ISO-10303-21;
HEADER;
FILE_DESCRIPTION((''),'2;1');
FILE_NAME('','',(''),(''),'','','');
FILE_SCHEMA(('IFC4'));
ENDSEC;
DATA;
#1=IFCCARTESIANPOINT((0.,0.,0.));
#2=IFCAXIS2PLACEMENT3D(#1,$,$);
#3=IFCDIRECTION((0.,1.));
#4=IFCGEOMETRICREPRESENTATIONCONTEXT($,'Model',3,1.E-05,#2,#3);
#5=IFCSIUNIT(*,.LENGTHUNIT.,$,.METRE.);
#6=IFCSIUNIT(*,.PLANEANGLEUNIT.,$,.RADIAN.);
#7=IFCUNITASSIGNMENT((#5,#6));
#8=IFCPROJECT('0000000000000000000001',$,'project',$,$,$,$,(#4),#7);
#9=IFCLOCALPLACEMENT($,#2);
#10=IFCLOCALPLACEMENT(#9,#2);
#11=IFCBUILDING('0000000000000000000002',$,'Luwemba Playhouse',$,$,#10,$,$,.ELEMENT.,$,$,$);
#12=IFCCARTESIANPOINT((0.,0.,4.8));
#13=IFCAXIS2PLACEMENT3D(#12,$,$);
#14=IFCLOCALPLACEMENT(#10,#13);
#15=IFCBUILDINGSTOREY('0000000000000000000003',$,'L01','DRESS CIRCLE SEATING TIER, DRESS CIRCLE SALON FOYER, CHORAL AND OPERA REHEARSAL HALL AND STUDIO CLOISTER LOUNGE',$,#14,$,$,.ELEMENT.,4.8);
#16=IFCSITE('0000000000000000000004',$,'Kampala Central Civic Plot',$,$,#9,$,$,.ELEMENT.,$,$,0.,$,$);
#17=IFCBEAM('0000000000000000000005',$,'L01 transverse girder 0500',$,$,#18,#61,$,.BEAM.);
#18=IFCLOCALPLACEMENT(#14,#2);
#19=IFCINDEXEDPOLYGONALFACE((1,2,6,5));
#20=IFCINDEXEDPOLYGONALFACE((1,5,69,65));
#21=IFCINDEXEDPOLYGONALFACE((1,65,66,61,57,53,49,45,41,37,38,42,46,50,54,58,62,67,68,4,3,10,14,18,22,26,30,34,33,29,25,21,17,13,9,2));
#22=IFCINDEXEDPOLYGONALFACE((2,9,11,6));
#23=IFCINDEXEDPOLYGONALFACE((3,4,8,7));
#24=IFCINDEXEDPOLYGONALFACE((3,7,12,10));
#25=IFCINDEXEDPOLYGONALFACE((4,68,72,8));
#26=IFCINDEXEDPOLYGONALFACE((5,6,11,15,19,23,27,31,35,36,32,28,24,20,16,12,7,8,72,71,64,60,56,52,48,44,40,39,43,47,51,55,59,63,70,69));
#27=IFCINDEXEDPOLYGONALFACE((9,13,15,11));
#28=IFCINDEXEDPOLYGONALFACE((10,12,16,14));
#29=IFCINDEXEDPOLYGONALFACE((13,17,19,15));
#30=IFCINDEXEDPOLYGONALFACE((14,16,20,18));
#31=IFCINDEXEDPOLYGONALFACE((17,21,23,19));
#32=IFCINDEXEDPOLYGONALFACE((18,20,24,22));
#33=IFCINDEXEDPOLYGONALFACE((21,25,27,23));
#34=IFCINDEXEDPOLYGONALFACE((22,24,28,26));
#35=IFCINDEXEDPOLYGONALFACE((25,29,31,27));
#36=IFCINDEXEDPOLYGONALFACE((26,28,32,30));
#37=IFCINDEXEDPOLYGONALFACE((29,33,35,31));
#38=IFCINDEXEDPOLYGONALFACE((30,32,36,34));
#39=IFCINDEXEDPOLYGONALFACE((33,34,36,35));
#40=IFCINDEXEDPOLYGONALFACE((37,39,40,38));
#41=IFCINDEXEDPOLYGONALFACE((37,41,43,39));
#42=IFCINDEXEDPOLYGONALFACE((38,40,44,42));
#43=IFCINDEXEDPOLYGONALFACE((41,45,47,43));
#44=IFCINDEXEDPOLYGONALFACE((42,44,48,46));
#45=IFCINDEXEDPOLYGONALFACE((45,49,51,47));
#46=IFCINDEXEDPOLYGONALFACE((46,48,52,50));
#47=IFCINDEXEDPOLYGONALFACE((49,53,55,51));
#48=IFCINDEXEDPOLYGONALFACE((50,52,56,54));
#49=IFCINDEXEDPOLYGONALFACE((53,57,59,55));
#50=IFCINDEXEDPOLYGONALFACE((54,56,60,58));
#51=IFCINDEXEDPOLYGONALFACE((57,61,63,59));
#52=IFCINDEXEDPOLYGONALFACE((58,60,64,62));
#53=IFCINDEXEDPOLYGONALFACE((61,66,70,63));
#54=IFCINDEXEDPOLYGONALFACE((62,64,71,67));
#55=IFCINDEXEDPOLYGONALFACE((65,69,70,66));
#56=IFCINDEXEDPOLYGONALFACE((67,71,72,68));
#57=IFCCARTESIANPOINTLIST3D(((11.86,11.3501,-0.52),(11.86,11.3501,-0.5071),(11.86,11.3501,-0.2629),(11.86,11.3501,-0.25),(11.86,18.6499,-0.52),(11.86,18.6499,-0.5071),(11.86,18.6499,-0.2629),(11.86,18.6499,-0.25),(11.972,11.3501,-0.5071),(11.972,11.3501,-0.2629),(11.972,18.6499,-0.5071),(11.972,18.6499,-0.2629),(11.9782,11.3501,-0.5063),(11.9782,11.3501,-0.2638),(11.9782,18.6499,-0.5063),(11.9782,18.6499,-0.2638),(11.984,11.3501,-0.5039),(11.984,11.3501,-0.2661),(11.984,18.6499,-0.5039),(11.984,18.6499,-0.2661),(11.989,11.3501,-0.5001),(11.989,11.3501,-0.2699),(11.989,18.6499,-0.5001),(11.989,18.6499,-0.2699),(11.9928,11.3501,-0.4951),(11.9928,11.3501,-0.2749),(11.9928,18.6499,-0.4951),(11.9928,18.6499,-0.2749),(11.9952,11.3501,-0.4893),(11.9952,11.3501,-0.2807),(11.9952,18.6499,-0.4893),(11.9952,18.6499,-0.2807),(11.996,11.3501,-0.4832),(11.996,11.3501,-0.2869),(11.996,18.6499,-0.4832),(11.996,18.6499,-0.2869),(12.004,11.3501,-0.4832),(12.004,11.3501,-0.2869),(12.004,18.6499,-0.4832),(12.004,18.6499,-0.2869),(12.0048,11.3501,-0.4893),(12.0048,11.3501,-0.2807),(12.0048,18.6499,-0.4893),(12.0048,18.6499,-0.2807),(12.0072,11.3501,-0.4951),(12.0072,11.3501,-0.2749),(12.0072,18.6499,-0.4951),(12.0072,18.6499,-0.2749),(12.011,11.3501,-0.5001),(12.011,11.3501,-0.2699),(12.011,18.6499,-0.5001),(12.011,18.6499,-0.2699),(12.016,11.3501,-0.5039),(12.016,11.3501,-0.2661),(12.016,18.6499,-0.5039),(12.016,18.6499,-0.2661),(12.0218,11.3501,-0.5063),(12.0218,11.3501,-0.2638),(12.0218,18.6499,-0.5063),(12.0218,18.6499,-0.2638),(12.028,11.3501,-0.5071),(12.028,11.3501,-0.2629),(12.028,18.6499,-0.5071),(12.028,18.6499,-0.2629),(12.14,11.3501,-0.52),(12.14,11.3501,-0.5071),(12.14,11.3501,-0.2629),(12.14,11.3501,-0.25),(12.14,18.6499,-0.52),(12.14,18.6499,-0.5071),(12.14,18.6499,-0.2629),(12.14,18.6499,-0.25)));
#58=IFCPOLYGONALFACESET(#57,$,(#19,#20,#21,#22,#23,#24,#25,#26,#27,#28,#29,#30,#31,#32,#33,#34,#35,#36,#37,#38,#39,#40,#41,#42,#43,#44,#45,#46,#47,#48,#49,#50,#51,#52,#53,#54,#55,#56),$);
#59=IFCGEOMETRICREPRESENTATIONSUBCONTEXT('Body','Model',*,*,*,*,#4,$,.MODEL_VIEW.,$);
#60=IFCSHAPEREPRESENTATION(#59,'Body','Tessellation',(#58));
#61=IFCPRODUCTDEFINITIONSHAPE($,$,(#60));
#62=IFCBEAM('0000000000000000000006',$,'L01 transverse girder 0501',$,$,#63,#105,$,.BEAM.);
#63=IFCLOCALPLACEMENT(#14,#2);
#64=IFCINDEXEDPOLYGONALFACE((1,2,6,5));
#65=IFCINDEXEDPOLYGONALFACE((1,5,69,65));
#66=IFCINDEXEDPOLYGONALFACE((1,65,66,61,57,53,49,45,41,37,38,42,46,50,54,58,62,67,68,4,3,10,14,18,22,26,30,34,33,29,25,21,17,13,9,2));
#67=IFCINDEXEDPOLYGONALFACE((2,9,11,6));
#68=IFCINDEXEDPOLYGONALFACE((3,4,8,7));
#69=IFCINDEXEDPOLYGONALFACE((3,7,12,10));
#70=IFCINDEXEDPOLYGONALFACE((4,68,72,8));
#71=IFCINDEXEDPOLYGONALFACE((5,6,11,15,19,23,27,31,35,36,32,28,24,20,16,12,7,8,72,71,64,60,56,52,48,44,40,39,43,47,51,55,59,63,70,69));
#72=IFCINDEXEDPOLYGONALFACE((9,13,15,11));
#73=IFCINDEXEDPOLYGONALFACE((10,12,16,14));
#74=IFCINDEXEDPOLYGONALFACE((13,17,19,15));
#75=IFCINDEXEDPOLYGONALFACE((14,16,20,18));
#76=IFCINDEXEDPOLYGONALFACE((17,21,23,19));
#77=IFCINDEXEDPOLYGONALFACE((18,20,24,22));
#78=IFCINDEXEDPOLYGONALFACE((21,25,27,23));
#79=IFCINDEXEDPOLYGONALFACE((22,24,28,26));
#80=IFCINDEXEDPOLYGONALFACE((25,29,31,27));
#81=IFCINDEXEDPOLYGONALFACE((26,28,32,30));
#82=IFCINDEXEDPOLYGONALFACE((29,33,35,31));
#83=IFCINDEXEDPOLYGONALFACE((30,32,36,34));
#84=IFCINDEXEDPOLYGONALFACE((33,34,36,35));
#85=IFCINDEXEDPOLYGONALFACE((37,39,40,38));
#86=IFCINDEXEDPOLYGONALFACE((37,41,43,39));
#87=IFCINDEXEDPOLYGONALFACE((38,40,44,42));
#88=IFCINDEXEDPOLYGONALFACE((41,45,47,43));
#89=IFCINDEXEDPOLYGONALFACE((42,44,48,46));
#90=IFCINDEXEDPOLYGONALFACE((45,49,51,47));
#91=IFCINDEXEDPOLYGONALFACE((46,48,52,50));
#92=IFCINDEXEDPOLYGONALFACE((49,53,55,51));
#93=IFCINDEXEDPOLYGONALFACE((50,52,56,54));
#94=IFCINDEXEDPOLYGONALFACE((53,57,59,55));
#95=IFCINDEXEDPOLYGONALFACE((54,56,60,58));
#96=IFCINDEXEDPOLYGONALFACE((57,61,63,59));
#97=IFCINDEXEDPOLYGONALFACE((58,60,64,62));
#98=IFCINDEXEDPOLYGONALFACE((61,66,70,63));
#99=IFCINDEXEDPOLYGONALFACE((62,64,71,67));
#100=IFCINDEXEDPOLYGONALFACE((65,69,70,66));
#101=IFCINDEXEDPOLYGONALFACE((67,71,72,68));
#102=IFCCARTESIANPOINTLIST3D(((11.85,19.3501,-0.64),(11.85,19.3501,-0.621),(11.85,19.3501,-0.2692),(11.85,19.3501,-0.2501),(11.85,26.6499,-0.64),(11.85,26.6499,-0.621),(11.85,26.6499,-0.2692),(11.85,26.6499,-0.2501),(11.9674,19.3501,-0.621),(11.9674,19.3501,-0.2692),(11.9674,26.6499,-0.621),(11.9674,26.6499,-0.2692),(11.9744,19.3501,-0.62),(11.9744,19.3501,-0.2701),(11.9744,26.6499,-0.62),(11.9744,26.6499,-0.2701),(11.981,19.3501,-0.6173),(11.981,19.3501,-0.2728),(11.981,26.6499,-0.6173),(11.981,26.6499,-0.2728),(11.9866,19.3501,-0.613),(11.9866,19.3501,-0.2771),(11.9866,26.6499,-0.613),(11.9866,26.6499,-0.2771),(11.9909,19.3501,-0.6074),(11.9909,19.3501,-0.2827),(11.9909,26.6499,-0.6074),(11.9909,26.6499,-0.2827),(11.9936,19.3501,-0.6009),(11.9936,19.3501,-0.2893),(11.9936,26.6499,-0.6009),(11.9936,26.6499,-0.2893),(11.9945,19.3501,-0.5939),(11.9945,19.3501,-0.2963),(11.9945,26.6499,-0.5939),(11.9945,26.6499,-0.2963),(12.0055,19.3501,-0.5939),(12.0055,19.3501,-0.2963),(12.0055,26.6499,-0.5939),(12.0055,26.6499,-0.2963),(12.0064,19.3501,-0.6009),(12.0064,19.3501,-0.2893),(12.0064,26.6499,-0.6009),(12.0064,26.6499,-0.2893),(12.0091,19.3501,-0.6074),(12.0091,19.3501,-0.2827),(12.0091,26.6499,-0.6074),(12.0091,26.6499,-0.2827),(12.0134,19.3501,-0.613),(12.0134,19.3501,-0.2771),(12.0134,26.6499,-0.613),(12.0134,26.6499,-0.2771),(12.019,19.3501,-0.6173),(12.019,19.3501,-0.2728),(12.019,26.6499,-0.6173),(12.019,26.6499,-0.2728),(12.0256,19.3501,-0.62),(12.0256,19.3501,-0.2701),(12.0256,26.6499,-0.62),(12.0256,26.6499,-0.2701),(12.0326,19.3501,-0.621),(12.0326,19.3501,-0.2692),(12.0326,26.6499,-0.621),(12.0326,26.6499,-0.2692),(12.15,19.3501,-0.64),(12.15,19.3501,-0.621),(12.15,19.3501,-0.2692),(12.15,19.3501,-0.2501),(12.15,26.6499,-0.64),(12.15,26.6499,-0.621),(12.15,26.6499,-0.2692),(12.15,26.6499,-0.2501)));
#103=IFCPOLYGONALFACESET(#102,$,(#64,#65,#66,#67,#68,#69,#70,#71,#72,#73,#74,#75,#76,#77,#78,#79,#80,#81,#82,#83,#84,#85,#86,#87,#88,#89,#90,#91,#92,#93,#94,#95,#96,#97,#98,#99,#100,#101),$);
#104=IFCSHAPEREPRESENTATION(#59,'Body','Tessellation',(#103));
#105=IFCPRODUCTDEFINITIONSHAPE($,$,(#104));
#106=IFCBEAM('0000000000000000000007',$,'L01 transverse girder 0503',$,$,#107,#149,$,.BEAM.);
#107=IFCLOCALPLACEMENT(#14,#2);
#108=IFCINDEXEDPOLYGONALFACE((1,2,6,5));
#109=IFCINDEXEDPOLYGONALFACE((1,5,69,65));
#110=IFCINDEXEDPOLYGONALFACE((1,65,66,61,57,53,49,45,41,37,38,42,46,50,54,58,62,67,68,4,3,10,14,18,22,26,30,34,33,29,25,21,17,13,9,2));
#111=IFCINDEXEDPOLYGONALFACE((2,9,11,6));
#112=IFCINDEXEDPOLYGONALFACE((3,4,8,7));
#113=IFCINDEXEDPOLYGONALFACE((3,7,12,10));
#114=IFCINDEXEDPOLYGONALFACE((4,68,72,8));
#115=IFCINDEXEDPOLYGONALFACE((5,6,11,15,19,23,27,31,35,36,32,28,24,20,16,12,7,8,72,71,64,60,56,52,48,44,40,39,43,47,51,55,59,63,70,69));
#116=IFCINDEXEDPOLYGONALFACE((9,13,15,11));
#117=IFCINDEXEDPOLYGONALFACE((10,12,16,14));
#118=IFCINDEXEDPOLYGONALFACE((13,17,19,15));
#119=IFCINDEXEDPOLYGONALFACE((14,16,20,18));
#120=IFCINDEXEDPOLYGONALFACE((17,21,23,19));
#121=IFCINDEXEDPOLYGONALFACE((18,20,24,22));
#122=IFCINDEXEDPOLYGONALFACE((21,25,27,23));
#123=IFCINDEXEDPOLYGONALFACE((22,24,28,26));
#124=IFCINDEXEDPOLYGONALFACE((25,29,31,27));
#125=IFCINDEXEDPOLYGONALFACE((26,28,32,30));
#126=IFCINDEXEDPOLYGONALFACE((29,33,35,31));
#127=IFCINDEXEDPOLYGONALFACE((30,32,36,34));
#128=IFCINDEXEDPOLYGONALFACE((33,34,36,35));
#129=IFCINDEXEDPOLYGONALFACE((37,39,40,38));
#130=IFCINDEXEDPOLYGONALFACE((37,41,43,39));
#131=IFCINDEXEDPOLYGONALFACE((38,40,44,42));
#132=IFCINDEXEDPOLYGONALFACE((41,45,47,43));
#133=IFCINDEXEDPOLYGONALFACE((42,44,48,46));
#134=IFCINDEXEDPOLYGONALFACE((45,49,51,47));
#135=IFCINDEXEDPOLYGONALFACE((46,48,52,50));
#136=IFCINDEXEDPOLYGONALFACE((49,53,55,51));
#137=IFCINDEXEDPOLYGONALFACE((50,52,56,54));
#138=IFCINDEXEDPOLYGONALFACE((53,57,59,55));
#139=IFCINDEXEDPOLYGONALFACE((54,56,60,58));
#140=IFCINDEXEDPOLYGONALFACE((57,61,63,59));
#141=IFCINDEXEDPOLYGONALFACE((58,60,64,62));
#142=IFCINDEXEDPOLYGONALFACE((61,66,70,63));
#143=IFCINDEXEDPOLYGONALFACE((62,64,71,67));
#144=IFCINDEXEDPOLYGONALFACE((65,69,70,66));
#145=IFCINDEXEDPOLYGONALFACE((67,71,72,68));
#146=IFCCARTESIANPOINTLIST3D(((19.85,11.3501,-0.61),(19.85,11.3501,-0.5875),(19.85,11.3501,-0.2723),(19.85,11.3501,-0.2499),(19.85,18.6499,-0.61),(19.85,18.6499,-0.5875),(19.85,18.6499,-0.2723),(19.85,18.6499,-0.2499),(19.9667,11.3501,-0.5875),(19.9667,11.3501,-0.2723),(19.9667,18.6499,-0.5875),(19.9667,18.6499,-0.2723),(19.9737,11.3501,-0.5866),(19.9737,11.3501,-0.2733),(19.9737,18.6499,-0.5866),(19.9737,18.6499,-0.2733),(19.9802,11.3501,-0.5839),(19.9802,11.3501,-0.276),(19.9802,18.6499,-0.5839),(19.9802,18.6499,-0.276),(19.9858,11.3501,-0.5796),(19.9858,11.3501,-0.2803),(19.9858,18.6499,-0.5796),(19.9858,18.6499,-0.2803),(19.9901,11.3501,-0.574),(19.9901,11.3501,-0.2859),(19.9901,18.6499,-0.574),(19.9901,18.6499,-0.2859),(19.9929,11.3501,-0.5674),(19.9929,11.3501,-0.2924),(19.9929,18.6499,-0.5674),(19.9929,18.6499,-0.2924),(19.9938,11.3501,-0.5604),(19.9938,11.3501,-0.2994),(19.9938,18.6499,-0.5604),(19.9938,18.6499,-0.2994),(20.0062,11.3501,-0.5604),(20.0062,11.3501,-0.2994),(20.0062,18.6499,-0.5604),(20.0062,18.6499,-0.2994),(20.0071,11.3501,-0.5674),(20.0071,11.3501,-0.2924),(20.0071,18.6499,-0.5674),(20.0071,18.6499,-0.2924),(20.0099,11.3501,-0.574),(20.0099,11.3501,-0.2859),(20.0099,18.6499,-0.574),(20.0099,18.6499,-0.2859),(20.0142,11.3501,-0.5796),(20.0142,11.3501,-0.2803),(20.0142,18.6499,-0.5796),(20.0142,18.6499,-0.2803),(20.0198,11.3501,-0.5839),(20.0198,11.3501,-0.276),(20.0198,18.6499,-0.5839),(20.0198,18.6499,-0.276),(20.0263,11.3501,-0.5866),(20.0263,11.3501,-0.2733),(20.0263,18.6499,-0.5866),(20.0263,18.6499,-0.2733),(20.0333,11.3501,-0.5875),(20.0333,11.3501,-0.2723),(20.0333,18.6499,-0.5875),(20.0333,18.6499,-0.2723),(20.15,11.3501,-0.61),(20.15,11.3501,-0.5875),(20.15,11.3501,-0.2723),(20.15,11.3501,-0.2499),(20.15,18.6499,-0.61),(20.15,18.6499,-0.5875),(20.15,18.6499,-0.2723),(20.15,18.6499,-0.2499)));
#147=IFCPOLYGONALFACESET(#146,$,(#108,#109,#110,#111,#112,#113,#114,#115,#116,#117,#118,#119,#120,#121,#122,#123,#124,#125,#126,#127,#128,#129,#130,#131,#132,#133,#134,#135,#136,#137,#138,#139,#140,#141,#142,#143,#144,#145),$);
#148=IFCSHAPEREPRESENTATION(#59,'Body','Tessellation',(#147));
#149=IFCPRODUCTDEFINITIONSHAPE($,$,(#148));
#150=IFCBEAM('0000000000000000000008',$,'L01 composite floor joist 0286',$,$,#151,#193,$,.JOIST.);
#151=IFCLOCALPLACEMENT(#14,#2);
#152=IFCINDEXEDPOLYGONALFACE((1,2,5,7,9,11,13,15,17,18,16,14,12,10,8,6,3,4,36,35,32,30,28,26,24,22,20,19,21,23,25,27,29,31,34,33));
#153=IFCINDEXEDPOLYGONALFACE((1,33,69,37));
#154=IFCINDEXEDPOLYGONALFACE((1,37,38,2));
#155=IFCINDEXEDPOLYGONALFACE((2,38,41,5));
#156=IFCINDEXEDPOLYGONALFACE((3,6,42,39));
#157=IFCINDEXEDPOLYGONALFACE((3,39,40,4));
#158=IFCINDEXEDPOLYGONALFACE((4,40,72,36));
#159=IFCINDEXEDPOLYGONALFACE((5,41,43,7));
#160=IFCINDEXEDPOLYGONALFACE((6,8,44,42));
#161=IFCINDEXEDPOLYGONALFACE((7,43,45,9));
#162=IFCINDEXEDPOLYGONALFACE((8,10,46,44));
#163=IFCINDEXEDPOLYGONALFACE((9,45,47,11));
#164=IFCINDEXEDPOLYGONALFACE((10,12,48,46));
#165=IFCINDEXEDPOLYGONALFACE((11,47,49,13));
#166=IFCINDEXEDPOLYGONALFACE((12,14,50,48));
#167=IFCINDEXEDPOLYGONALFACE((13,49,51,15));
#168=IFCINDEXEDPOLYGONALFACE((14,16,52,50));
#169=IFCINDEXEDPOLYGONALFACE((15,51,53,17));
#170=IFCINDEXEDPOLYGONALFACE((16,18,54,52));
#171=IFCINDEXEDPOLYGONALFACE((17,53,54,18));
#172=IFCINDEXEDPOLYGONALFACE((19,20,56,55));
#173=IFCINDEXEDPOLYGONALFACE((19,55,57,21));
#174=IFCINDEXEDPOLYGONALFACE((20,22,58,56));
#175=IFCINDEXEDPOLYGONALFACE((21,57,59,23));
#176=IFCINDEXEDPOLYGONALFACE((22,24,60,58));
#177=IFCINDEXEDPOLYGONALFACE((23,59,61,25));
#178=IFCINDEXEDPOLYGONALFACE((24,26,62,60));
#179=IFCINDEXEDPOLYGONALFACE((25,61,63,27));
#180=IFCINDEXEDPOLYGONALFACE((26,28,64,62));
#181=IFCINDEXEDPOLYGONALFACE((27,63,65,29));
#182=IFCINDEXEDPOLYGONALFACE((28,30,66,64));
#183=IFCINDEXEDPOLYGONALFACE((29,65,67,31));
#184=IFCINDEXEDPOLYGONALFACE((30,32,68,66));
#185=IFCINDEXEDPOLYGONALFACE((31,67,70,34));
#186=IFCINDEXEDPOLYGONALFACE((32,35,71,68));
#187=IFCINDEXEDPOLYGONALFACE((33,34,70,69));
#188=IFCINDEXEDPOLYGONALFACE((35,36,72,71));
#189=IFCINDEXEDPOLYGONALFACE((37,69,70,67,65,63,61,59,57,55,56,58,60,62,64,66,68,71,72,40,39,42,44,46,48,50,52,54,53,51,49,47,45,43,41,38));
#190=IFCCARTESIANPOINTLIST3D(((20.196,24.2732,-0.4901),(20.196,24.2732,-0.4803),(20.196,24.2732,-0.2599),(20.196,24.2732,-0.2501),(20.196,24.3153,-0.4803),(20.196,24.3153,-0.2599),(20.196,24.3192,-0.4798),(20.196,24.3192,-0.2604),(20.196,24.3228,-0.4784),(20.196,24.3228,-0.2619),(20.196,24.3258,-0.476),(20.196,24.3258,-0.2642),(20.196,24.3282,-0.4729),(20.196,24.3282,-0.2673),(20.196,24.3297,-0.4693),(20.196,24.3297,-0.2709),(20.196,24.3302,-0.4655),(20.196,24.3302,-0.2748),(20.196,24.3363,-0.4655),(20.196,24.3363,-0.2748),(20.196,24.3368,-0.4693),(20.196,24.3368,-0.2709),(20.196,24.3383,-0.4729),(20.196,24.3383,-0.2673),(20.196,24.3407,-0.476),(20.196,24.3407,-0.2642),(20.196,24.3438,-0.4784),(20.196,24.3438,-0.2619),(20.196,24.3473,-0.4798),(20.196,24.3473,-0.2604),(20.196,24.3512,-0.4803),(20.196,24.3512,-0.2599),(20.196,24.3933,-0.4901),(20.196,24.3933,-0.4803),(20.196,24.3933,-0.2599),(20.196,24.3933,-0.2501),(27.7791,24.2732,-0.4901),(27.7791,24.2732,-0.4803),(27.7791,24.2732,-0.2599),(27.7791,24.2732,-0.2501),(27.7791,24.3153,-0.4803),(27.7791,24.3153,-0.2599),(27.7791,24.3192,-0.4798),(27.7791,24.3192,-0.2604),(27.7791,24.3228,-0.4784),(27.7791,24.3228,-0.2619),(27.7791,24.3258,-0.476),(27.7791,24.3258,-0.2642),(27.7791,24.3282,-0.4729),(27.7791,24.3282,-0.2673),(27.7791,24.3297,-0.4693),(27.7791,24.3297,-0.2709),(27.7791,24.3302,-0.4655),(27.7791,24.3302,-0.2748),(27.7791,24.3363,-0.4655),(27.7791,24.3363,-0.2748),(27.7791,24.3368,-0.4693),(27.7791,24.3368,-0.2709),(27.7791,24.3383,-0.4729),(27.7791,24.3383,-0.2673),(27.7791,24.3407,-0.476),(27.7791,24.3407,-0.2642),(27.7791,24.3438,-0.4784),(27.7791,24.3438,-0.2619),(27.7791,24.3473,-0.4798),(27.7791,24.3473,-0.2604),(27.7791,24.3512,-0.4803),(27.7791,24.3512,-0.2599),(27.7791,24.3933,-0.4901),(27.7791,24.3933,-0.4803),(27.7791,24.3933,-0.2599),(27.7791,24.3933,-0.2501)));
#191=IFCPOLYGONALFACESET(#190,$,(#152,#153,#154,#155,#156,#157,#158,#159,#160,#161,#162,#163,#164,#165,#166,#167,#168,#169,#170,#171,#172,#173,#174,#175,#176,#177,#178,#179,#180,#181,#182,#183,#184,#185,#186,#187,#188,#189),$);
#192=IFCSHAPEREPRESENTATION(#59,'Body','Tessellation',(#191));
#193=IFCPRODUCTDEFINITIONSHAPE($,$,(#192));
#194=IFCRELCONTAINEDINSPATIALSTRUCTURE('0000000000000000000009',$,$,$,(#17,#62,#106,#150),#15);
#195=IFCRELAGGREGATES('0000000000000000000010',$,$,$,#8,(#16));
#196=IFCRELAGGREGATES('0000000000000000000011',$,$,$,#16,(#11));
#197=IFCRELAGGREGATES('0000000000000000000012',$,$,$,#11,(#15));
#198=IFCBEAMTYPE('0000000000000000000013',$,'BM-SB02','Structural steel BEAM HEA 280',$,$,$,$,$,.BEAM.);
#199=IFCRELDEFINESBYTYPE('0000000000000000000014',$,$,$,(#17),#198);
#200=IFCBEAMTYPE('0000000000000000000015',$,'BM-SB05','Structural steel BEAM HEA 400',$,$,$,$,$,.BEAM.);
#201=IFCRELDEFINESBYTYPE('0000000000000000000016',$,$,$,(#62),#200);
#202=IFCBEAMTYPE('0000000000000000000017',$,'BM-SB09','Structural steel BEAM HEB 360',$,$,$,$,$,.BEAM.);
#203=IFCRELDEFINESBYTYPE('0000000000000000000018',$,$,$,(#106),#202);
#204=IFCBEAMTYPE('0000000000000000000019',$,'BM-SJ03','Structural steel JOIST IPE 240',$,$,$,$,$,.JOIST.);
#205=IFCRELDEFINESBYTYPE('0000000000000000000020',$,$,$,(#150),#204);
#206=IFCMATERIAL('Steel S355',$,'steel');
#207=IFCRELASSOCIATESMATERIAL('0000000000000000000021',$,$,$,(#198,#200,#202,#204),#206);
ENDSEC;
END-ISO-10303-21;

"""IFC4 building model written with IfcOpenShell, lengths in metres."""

from ifc_helpers import new_model, si_unit, direction, frame, origin, origin_2d, place, context, subcontext, project, spatial, i_section, extrude, material, material_profile, profile_set, type_object, element, save


model = new_model("IFC4")

# Units and contexts
model_context = context("Model", 3, precision=1e-05, world=origin(), true_north=direction((0.0, 1.0)))
body_context = subcontext(model_context, "Body", "Model", "MODEL_VIEW")
ifc_project = project(units=[si_unit("LENGTHUNIT", "METRE"), si_unit("PLANEANGLEUNIT", "RADIAN")], contexts=[model_context])

# Site, building, storey
site_placement = place(None, origin())
site = spatial("IfcSite", under=ifc_project, at=site_placement, Name="Kampala Central Civic Plot", CompositionType="ELEMENT", RefElevation=0.0)
building_placement = place(site_placement, origin())
building = spatial("IfcBuilding", under=site, at=building_placement, Name="Luwemba Playhouse", CompositionType="ELEMENT")
storey_placement = place(building_placement, frame((0.0, 0.0, 4.8)))
storey = spatial("IfcBuildingStorey", under=building, at=storey_placement, Name="L01", Description="DRESS CIRCLE SEATING TIER, DRESS CIRCLE SALON FOYER, CHORAL AND OPERA REHEARSAL HALL AND STUDIO CLOISTER LOUNGE", CompositionType="ELEMENT", Elevation=4.8)

# Beams
ifc_material_1 = material(Name="Steel S355", Category="steel")
ifc_material_profile_1 = material_profile(ifc_material_1, i_section(OverallWidth=0.28, OverallDepth=0.27, WebThickness=0.0081, FlangeThickness=0.0129, FilletRadius=0.0239, at=origin_2d()))
ifc_profile_set_1 = profile_set([ifc_material_profile_1], Name="Steel S355")
beam_type_1 = type_object("IfcBeamType", Name="BM-SB02", Description="Structural steel BEAM HEA 280", PredefinedType="BEAM", material=ifc_profile_set_1)
beam_1_placement = place(storey_placement, frame((12.0, 11.3501, -0.385), z_axis=(0.0, 1.0, 0.0), x_axis=(-1.0, 0.0, 0.0)))
element("IfcBeam", 1, at=beam_1_placement, inside=storey, type_object=beam_type_1, Name="L01 transverse girder 0500", PredefinedType="BEAM", context=body_context, shape_type="SweptSolid", body=[
    extrude(i_section(OverallWidth=0.28, OverallDepth=0.27, WebThickness=0.0081, FlangeThickness=0.0129, FilletRadius=0.0239, at=origin_2d()), origin(), (0.0, 0.0, 1.0), 7.2998),
])
ifc_material_profile_2 = material_profile(ifc_material_1, i_section(OverallWidth=0.3, OverallDepth=0.3899, WebThickness=0.011, FlangeThickness=0.019, FilletRadius=0.0271, at=origin_2d()))
ifc_profile_set_2 = profile_set([ifc_material_profile_2], Name="Steel S355")
beam_type_2 = type_object("IfcBeamType", Name="BM-SB05", Description="Structural steel BEAM HEA 400", PredefinedType="BEAM", material=ifc_profile_set_2)
beam_2_placement = place(storey_placement, frame((12.0, 19.3501, -0.4451), z_axis=(0.0, 1.0, 0.0), x_axis=(-1.0, 0.0, 0.0)))
element("IfcBeam", 2, at=beam_2_placement, inside=storey, type_object=beam_type_2, Name="L01 transverse girder 0501", PredefinedType="BEAM", context=body_context, shape_type="SweptSolid", body=[
    extrude(i_section(OverallWidth=0.3, OverallDepth=0.3899, WebThickness=0.011, FlangeThickness=0.019, FilletRadius=0.0271, at=origin_2d()), origin(), (0.0, 0.0, 1.0), 7.2998),
])
ifc_material_profile_3 = material_profile(ifc_material_1, i_section(OverallWidth=0.3, OverallDepth=0.3601, WebThickness=0.0125, FlangeThickness=0.0225, FilletRadius=0.0271, at=origin_2d()))
ifc_profile_set_3 = profile_set([ifc_material_profile_3], Name="Steel S355")
beam_type_3 = type_object("IfcBeamType", Name="BM-SB09", Description="Structural steel BEAM HEB 360", PredefinedType="BEAM", material=ifc_profile_set_3)
beam_3_placement = place(storey_placement, frame((20.0, 11.3501, -0.4299), z_axis=(0.0, 1.0, 0.0), x_axis=(-1.0, 0.0, 0.0)))
element("IfcBeam", 3, at=beam_3_placement, inside=storey, type_object=beam_type_3, Name="L01 transverse girder 0503", PredefinedType="BEAM", context=body_context, shape_type="SweptSolid", body=[
    extrude(i_section(OverallWidth=0.3, OverallDepth=0.3601, WebThickness=0.0125, FlangeThickness=0.0225, FilletRadius=0.0271, at=origin_2d()), origin(), (0.0, 0.0, 1.0), 7.2998),
])
ifc_material_profile_4 = material_profile(ifc_material_1, i_section(OverallWidth=0.1201, OverallDepth=0.24, WebThickness=0.0061, FlangeThickness=0.0098, FilletRadius=0.0149, at=origin_2d()))
ifc_profile_set_4 = profile_set([ifc_material_profile_4], Name="Steel S355")
beam_type_4 = type_object("IfcBeamType", Name="BM-SJ03", Description="Structural steel JOIST IPE 240", PredefinedType="JOIST", material=ifc_profile_set_4)
beam_4_placement = place(storey_placement, frame((20.196, 24.3333, -0.3701), z_axis=(1.0, 0.0, 0.0), x_axis=(0.0, 1.0, 0.0)))
element("IfcBeam", 4, at=beam_4_placement, inside=storey, type_object=beam_type_4, Name="L01 composite floor joist 0286", PredefinedType="JOIST", context=body_context, shape_type="SweptSolid", body=[
    extrude(i_section(OverallWidth=0.1201, OverallDepth=0.24, WebThickness=0.0061, FlangeThickness=0.0098, FilletRadius=0.0149, at=origin_2d()), origin(), (0.0, 0.0, 1.0), 7.583),
])

save(model, "model.ifc")
